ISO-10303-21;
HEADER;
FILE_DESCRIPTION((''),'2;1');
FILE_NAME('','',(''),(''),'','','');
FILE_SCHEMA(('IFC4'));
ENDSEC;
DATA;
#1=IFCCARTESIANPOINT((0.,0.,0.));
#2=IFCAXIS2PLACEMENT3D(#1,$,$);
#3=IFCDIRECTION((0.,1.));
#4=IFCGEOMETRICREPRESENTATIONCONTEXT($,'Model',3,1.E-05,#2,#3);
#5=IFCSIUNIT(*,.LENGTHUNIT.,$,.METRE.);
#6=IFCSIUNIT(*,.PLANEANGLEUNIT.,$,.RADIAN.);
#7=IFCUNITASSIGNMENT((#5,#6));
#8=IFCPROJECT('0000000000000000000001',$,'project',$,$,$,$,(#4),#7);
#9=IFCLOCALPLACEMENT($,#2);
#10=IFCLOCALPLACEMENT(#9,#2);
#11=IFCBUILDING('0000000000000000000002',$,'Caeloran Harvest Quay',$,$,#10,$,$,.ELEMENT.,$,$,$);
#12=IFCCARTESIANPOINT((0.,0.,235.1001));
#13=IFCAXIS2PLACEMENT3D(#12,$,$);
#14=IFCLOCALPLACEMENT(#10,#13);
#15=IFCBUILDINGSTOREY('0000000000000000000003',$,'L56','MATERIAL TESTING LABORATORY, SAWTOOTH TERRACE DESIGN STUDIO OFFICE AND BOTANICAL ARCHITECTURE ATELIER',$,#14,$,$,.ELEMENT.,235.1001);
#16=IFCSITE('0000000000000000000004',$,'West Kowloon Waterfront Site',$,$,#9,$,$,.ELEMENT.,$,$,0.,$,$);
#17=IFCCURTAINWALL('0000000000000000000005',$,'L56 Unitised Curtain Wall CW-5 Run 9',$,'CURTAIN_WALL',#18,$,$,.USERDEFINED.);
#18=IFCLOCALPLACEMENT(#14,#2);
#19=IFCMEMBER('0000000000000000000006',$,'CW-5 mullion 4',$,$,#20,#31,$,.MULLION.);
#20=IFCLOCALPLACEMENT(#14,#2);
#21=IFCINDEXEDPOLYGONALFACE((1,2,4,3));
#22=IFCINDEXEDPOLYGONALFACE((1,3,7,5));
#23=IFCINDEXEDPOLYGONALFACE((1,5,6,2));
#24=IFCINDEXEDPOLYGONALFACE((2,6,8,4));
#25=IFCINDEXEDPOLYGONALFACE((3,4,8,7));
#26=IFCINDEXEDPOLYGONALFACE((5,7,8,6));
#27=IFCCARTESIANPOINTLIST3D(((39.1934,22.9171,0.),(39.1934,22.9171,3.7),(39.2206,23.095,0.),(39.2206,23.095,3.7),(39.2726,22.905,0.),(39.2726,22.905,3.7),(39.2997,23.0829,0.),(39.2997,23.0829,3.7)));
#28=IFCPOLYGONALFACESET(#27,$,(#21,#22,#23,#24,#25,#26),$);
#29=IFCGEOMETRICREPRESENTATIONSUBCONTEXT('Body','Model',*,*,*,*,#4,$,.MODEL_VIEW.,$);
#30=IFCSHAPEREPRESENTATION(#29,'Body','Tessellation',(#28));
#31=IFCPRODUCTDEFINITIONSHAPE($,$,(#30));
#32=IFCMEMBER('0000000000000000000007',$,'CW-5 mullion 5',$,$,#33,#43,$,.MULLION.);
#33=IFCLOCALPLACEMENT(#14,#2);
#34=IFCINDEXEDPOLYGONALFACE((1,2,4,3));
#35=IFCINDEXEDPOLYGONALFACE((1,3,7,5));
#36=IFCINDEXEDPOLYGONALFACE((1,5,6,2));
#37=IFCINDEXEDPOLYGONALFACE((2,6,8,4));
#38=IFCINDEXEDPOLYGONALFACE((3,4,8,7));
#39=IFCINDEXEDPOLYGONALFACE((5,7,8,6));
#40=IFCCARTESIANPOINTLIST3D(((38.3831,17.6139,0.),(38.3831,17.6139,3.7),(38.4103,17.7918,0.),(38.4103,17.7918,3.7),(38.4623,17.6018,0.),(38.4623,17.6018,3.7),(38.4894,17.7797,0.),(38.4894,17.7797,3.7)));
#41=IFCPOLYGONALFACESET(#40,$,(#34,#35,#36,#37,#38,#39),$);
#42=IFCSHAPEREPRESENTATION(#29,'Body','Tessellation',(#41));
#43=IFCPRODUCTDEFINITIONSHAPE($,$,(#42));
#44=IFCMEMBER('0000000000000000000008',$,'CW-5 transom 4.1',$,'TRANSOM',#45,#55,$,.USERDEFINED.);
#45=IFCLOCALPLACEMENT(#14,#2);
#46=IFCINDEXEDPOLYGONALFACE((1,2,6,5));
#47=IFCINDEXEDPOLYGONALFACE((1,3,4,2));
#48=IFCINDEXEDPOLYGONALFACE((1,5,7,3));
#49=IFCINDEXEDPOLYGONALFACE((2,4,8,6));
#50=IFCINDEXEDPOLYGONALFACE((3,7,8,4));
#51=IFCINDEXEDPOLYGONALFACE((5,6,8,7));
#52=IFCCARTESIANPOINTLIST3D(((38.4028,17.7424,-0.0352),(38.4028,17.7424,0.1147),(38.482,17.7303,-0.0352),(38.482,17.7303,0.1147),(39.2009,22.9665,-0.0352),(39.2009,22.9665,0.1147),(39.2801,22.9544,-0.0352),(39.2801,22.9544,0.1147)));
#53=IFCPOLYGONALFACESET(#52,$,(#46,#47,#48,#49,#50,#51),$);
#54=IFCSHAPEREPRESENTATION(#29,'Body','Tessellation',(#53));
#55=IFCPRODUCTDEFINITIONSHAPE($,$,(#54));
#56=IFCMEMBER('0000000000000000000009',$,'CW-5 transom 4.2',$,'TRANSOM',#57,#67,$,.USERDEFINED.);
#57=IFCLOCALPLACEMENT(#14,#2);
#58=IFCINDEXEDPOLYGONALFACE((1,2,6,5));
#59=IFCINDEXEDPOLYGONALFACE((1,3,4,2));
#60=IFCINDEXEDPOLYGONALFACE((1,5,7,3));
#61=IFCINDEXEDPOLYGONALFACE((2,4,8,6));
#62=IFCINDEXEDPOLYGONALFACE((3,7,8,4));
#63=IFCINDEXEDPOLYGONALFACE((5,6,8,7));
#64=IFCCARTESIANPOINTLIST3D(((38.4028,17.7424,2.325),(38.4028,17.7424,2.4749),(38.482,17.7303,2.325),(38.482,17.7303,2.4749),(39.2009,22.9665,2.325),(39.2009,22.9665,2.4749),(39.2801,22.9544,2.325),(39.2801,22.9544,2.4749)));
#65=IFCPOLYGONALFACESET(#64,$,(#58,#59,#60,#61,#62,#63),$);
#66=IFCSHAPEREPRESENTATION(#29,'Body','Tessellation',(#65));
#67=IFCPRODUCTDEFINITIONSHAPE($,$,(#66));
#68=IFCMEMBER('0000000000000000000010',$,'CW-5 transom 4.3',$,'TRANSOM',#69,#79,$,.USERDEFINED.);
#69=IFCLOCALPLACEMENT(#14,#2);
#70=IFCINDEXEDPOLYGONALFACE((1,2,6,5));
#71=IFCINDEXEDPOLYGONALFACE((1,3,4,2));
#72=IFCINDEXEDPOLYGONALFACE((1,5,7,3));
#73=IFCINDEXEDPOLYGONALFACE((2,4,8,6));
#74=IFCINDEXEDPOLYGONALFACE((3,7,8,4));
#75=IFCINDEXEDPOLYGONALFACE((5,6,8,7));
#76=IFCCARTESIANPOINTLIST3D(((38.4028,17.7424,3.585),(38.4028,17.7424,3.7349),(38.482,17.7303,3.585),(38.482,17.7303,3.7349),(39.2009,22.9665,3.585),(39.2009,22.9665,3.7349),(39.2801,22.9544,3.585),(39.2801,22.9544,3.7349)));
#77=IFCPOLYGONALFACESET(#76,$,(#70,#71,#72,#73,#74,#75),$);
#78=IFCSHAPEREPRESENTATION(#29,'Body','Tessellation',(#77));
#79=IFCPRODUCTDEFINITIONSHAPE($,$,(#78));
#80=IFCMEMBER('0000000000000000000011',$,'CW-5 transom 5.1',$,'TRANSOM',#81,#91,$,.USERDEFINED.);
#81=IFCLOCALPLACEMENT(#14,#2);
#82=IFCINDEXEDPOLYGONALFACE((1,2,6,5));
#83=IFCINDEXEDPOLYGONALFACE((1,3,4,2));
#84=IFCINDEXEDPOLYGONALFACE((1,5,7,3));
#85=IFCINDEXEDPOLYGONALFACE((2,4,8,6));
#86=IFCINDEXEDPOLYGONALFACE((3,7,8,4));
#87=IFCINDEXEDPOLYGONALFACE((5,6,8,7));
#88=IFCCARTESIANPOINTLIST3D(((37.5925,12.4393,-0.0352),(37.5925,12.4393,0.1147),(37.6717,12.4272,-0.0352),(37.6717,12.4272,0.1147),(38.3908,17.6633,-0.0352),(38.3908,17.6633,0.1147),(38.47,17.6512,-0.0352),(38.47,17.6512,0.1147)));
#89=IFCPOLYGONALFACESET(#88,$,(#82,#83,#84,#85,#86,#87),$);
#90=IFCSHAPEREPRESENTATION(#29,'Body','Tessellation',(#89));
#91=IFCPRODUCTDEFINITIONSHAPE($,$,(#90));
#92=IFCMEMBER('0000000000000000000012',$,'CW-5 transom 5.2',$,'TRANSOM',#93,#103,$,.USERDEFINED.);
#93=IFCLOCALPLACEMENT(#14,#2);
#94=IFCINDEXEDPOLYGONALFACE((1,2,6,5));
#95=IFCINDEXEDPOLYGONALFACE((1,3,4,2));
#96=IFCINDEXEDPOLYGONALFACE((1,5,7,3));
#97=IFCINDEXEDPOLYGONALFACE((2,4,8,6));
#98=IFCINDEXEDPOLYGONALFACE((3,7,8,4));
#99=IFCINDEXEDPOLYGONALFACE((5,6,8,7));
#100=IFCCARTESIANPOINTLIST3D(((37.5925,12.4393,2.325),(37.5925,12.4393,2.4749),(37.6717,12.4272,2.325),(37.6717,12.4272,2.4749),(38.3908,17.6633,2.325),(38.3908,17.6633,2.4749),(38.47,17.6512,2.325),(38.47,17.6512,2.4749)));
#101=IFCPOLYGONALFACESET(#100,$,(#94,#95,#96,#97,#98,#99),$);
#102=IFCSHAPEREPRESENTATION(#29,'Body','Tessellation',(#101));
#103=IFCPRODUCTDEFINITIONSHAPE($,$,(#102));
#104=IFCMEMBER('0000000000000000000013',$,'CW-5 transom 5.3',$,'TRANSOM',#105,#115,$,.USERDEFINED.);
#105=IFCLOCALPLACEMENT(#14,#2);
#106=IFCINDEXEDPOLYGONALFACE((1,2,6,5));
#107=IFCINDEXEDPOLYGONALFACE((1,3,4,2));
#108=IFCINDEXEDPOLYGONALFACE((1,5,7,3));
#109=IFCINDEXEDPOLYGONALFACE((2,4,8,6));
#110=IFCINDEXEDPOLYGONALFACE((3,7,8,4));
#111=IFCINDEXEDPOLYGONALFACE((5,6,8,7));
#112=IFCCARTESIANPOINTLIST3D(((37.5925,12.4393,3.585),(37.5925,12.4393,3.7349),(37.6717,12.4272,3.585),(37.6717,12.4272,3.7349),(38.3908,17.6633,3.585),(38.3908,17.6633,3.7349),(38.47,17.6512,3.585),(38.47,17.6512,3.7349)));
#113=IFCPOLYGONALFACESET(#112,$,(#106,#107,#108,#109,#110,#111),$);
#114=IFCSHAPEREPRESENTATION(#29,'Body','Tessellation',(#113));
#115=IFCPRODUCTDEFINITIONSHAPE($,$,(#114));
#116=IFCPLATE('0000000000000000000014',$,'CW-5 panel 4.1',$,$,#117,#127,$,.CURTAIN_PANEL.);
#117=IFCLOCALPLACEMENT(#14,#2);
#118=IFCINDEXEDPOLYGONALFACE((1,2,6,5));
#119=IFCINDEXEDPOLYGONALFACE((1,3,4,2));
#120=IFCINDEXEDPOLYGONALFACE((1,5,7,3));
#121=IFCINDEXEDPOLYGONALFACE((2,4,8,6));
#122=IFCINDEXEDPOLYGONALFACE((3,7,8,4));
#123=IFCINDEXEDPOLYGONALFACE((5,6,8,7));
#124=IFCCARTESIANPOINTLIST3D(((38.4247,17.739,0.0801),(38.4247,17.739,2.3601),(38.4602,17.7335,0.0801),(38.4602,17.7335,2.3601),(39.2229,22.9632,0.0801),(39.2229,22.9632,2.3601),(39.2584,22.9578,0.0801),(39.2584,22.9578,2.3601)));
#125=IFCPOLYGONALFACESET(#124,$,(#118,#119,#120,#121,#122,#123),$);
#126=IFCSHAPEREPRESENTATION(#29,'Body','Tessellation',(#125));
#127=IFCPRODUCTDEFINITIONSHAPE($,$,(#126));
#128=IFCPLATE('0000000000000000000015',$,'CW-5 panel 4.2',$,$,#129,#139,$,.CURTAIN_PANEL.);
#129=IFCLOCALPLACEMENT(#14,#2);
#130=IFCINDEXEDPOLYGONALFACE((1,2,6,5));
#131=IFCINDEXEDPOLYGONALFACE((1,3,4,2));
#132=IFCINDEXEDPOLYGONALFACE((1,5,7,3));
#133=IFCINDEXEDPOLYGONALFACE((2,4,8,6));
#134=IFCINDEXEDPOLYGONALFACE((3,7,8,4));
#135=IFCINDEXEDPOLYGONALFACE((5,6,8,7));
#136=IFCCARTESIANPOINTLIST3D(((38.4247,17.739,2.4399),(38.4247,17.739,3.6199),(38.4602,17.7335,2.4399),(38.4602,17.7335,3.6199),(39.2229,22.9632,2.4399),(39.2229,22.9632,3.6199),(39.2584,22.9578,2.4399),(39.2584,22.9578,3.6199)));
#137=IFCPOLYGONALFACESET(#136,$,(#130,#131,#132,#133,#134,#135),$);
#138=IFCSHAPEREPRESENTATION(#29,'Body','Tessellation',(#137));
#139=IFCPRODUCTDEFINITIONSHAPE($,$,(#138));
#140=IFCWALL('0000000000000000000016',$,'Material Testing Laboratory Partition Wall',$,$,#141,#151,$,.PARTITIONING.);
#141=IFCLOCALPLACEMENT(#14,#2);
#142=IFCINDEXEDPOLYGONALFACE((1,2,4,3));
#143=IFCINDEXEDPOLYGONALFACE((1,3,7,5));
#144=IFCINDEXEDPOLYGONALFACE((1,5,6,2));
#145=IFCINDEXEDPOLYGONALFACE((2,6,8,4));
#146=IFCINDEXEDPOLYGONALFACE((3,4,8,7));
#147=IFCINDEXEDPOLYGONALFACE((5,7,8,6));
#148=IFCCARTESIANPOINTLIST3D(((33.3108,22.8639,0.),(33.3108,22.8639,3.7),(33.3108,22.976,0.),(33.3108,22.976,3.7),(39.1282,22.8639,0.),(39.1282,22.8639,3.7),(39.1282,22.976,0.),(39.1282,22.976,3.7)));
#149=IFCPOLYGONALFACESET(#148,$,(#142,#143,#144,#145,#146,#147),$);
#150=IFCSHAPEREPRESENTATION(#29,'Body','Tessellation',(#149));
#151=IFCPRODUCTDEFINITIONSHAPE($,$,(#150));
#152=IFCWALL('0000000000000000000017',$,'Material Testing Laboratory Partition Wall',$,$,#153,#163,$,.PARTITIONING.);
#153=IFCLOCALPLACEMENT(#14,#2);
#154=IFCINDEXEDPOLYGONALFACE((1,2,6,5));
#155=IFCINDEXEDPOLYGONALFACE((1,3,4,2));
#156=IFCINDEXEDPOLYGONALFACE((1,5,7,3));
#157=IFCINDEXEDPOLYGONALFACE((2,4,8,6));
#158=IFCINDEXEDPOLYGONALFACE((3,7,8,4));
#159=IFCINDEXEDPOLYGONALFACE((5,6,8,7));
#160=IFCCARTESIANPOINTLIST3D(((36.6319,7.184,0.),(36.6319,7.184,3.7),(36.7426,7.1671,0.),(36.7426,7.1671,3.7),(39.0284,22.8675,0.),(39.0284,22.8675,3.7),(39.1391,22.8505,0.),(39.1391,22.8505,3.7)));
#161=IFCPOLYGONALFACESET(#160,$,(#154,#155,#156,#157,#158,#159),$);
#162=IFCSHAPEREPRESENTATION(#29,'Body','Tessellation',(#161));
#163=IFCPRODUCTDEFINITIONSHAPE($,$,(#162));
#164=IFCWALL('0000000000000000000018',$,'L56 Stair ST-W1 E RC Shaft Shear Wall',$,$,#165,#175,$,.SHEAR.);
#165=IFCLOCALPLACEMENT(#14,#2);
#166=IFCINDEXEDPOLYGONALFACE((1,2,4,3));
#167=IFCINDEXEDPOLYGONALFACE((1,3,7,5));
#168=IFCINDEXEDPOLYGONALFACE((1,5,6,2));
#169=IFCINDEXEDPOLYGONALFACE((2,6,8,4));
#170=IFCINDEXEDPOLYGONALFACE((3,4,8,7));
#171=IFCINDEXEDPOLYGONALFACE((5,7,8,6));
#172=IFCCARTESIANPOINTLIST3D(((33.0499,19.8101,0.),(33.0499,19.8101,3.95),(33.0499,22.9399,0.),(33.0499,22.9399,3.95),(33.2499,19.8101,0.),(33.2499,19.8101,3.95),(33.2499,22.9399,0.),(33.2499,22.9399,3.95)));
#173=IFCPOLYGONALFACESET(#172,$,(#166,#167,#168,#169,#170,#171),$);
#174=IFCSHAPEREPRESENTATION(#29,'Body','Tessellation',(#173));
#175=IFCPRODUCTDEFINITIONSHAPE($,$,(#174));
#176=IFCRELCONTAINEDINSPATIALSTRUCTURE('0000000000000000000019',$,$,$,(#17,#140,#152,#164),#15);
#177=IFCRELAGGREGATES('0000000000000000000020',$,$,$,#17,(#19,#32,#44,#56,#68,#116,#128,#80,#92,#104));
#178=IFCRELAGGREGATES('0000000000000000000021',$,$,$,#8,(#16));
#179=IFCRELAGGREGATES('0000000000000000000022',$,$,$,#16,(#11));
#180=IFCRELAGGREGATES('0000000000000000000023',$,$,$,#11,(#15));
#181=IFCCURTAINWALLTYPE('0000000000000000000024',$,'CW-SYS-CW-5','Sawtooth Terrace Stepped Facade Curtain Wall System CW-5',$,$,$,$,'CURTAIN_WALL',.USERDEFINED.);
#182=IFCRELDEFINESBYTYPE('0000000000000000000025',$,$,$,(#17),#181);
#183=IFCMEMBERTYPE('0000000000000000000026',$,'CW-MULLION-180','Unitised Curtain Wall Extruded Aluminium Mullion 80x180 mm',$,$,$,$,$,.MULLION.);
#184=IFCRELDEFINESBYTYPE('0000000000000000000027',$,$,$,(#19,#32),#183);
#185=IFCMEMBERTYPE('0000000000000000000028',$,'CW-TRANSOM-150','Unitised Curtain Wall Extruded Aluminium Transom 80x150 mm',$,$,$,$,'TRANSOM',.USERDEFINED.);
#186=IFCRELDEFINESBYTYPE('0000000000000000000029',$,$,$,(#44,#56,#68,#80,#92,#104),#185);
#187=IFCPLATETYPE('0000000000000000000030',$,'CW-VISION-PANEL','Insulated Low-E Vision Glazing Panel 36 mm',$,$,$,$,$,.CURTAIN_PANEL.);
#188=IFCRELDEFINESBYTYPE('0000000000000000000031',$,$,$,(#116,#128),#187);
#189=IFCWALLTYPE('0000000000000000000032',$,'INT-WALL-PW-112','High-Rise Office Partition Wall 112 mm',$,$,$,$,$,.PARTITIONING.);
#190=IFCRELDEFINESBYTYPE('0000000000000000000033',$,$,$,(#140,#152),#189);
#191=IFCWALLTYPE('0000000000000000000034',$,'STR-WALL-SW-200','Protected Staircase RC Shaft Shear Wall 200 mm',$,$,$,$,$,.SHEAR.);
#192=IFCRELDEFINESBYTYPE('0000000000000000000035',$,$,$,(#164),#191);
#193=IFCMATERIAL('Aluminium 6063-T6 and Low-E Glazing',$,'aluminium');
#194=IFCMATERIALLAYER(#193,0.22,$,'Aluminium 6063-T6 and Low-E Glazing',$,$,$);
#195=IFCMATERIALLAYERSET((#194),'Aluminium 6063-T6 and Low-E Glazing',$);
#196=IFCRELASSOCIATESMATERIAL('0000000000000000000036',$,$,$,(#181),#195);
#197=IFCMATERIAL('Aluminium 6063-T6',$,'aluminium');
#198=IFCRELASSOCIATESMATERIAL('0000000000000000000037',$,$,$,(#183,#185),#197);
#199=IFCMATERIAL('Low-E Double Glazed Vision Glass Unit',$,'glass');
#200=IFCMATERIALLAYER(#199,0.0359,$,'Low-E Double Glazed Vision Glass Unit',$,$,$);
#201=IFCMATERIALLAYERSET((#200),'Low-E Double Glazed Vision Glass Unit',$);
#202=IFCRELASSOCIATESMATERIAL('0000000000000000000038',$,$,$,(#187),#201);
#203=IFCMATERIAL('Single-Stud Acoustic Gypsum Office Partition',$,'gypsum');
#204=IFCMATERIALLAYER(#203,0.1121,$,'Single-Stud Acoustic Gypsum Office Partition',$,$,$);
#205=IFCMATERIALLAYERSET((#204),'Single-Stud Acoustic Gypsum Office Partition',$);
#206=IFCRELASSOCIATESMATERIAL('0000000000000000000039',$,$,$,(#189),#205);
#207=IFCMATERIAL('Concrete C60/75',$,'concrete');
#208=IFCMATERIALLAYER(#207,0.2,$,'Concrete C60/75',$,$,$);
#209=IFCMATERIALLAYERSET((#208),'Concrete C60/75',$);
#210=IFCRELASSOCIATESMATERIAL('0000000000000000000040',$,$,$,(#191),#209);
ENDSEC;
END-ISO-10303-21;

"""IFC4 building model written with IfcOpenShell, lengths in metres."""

from ifc_helpers import new_model, si_unit, direction, frame, frame_2d, origin, origin_2d, place, context, subcontext, project, spatial, rectangle, extrude, material, layer, layer_set, material_profile, profile_set, type_object, element, aggregate, save


model = new_model("IFC4")

# Units and contexts
model_context = context("Model", 3, precision=1e-05, world=origin(), true_north=direction((0.0, 1.0)))
body_context = subcontext(model_context, "Body", "Model", "MODEL_VIEW")
ifc_project = project(units=[si_unit("LENGTHUNIT", "METRE"), si_unit("PLANEANGLEUNIT", "RADIAN")], contexts=[model_context])

# Site, building, storey
site_placement = place(None, origin())
site = spatial("IfcSite", under=ifc_project, at=site_placement, Name="West Kowloon Waterfront Site", CompositionType="ELEMENT", RefElevation=0.0)
building_placement = place(site_placement, origin())
building = spatial("IfcBuilding", under=site, at=building_placement, Name="Caeloran Harvest Quay", CompositionType="ELEMENT")
storey_placement = place(building_placement, frame((0.0, 0.0, 235.1001)))
storey = spatial("IfcBuildingStorey", under=building, at=storey_placement, Name="L56", Description="MATERIAL TESTING LABORATORY, SAWTOOTH TERRACE DESIGN STUDIO OFFICE AND BOTANICAL ARCHITECTURE ATELIER", CompositionType="ELEMENT", Elevation=235.1001)

# Curtain wall, members, plates
ifc_material_1 = material(Name="Aluminium 6063-T6 and Low-E Glazing", Category="aluminium")
ifc_layer_1 = layer(ifc_material_1, 0.22, Name="Aluminium 6063-T6 and Low-E Glazing")
ifc_layer_set_1 = layer_set([ifc_layer_1], Name="Aluminium 6063-T6 and Low-E Glazing")
curtain_wall_type = type_object("IfcCurtainWallType", Name="CW-SYS-CW-5", Description="Sawtooth Terrace Stepped Facade Curtain Wall System CW-5", ElementType="CURTAIN_WALL", PredefinedType="USERDEFINED", material=ifc_layer_set_1)
curtain_wall_placement = place(storey_placement, origin())
curtain_wall = element("IfcCurtainWall", 1, at=curtain_wall_placement, inside=storey, type_object=curtain_wall_type, Name="L56 Unitised Curtain Wall CW-5 Run 9", ObjectType="CURTAIN_WALL", PredefinedType="USERDEFINED")
ifc_material_2 = material(Name="Aluminium 6063-T6", Category="aluminium")
ifc_material_profile_1 = material_profile(ifc_material_2, rectangle(XDim=0.0801, YDim=0.1799, at=origin_2d()), Name="CW-MULLION-180")
ifc_profile_set_1 = profile_set([ifc_material_profile_1], Name="Aluminium 6063-T6")
member_type_1 = type_object("IfcMemberType", Name="CW-MULLION-180", Description="Unitised Curtain Wall Extruded Aluminium Mullion 80x180 mm", PredefinedType="MULLION", material=ifc_profile_set_1)
member_1_placement = place(storey_placement, frame((39.2466, 23.0, 0.0), z_axis=(0.0, 0.0, 1.0), x_axis=(0.98853, -0.151028, 0.0)))
member_1 = element("IfcMember", 2, at=member_1_placement, type_object=member_type_1, Name="CW-5 mullion 4", PredefinedType="MULLION", context=body_context, shape_type="SweptSolid", body=[
    extrude(rectangle(XDim=0.0801, YDim=0.1799, at=origin_2d()), origin(), (0.0, 0.0, 1.0), 3.7),
])
member_2_placement = place(storey_placement, frame((38.4363, 17.6968, 0.0), z_axis=(0.0, 0.0, 1.0), x_axis=(0.98853, -0.151028, 0.0)))
member_2 = element("IfcMember", 3, at=member_2_placement, type_object=member_type_1, Name="CW-5 mullion 5", PredefinedType="MULLION", context=body_context, shape_type="SweptSolid", body=[
    extrude(rectangle(XDim=0.0801, YDim=0.1799, at=origin_2d()), origin(), (0.0, 0.0, 1.0), 3.7),
])
ifc_material_profile_2 = material_profile(ifc_material_2, rectangle(XDim=0.0801, YDim=0.1499, at=origin_2d()), Name="CW-TRANSOM-150")
ifc_profile_set_2 = profile_set([ifc_material_profile_2], Name="Aluminium 6063-T6")
member_type_2 = type_object("IfcMemberType", Name="CW-TRANSOM-150", Description="Unitised Curtain Wall Extruded Aluminium Transom 80x150 mm", ElementType="TRANSOM", PredefinedType="USERDEFINED", material=ifc_profile_set_2)
member_3_placement = place(storey_placement, frame((39.2405, 22.9604, 0.0398), z_axis=(-0.151019, -0.988531, 0.0), x_axis=(0.988531, -0.151019, 0.0)))
member_3 = element("IfcMember", 4, at=member_3_placement, type_object=member_type_2, Name="CW-5 transom 4.1", ObjectType="TRANSOM", PredefinedType="USERDEFINED", context=body_context, shape_type="SweptSolid", body=[
    extrude(rectangle(XDim=0.0801, YDim=0.1499, at=origin_2d()), origin(), (0.0, 0.0, 1.0), 5.2847),
])
member_4_placement = place(storey_placement, frame((39.2405, 22.9604, 2.3999), z_axis=(-0.151019, -0.988531, 0.0), x_axis=(0.988531, -0.151019, 0.0)))
member_4 = element("IfcMember", 5, at=member_4_placement, type_object=member_type_2, Name="CW-5 transom 4.2", ObjectType="TRANSOM", PredefinedType="USERDEFINED", context=body_context, shape_type="SweptSolid", body=[
    extrude(rectangle(XDim=0.0801, YDim=0.1499, at=origin_2d()), origin(), (0.0, 0.0, 1.0), 5.2847),
])
member_5_placement = place(storey_placement, frame((39.2405, 22.9604, 3.6599), z_axis=(-0.151019, -0.988531, 0.0), x_axis=(0.988531, -0.151019, 0.0)))
member_5 = element("IfcMember", 6, at=member_5_placement, type_object=member_type_2, Name="CW-5 transom 4.3", ObjectType="TRANSOM", PredefinedType="USERDEFINED", context=body_context, shape_type="SweptSolid", body=[
    extrude(rectangle(XDim=0.0801, YDim=0.1499, at=origin_2d()), origin(), (0.0, 0.0, 1.0), 5.2847),
])
member_6_placement = place(storey_placement, frame((38.4304, 17.6572, 0.0398), z_axis=(-0.151064, -0.988524, 0.0), x_axis=(0.988524, -0.151064, 0.0)))
member_6 = element("IfcMember", 7, at=member_6_placement, type_object=member_type_2, Name="CW-5 transom 5.1", ObjectType="TRANSOM", PredefinedType="USERDEFINED", context=body_context, shape_type="SweptSolid", body=[
    extrude(rectangle(XDim=0.0801, YDim=0.1499, at=origin_2d()), origin(), (0.0, 0.0, 1.0), 5.2847),
])
member_7_placement = place(storey_placement, frame((38.4304, 17.6572, 2.3999), z_axis=(-0.151064, -0.988524, 0.0), x_axis=(0.988524, -0.151064, 0.0)))
member_7 = element("IfcMember", 8, at=member_7_placement, type_object=member_type_2, Name="CW-5 transom 5.2", ObjectType="TRANSOM", PredefinedType="USERDEFINED", context=body_context, shape_type="SweptSolid", body=[
    extrude(rectangle(XDim=0.0801, YDim=0.1499, at=origin_2d()), origin(), (0.0, 0.0, 1.0), 5.2847),
])
member_8_placement = place(storey_placement, frame((38.4304, 17.6572, 3.6599), z_axis=(-0.151064, -0.988524, 0.0), x_axis=(0.988524, -0.151064, 0.0)))
member_8 = element("IfcMember", 9, at=member_8_placement, type_object=member_type_2, Name="CW-5 transom 5.3", ObjectType="TRANSOM", PredefinedType="USERDEFINED", context=body_context, shape_type="SweptSolid", body=[
    extrude(rectangle(XDim=0.0801, YDim=0.1499, at=origin_2d()), origin(), (0.0, 0.0, 1.0), 5.2847),
])
ifc_material_3 = material(Name="Low-E Double Glazed Vision Glass Unit", Category="glass")
ifc_layer_2 = layer(ifc_material_3, 0.0359, Name="Low-E Double Glazed Vision Glass Unit")
ifc_layer_set_2 = layer_set([ifc_layer_2], Name="Low-E Double Glazed Vision Glass Unit")
plate_type = type_object("IfcPlateType", Name="CW-VISION-PANEL", Description="Insulated Low-E Vision Glazing Panel 36 mm", PredefinedType="CURTAIN_PANEL", material=ifc_layer_set_2)
plate_1_placement = place(storey_placement, frame((38.8416, 20.3484, 0.0801), z_axis=(0.0, 0.0, 1.0), x_axis=(-0.151028, -0.98853, 0.0)))
plate_1 = element("IfcPlate", 10, at=plate_1_placement, type_object=plate_type, Name="CW-5 panel 4.1", PredefinedType="CURTAIN_PANEL", context=body_context, shape_type="SweptSolid", body=[
    extrude(rectangle(XDim=5.2849, YDim=0.0359, at=origin_2d()), origin(), (0.0, 0.0, 1.0), 2.28),
])
plate_2_placement = place(storey_placement, frame((38.8416, 20.3484, 2.4399), z_axis=(0.0, 0.0, 1.0), x_axis=(-0.151028, -0.98853, 0.0)))
plate_2 = element("IfcPlate", 11, at=plate_2_placement, type_object=plate_type, Name="CW-5 panel 4.2", PredefinedType="CURTAIN_PANEL", context=body_context, shape_type="SweptSolid", body=[
    extrude(rectangle(XDim=5.2849, YDim=0.0359, at=origin_2d()), origin(), (0.0, 0.0, 1.0), 1.1799),
])
aggregate(curtain_wall, [member_1, member_2, member_3, member_4, member_5, plate_1, plate_2, member_6, member_7, member_8])

# Walls
ifc_material_4 = material(Name="Single-Stud Acoustic Gypsum Office Partition", Category="gypsum")
ifc_layer_3 = layer(ifc_material_4, 0.1121, Name="Single-Stud Acoustic Gypsum Office Partition")
ifc_layer_set_3 = layer_set([ifc_layer_3], Name="Single-Stud Acoustic Gypsum Office Partition")
wall_type_1 = type_object("IfcWallType", Name="INT-WALL-PW-112", Description="High-Rise Office Partition Wall 112 mm", PredefinedType="PARTITIONING", material=ifc_layer_set_3)
wall_1_placement = place(storey_placement, frame((33.3108, 22.9199, 0.0), z_axis=(0.0, 0.0, 1.0), x_axis=(1.0, 0.0, 0.0)))
element("IfcWall", 12, at=wall_1_placement, inside=storey, type_object=wall_type_1, Name="Material Testing Laboratory Partition Wall", PredefinedType="PARTITIONING", context=body_context, shape_type="SweptSolid", body=[
    extrude(rectangle(XDim=5.8174, YDim=0.1121, at=frame_2d((2.9087, 0.0))), origin(), (0.0, 0.0, 1.0), 3.7),
])
wall_2_placement = place(storey_placement, frame((39.0837, 22.8589, 0.0), z_axis=(0.0, 0.0, 1.0), x_axis=(-0.151051, -0.988526, 0.0)))
element("IfcWall", 13, at=wall_2_placement, inside=storey, type_object=wall_type_1, Name="Material Testing Laboratory Partition Wall", PredefinedType="PARTITIONING", context=body_context, shape_type="SweptSolid", body=[
    extrude(rectangle(XDim=15.8655, YDim=0.1121, at=frame_2d((7.9326, 0.0))), origin(), (0.0, 0.0, 1.0), 3.7),
])
ifc_material_5 = material(Name="Concrete C60/75", Category="concrete")
ifc_layer_4 = layer(ifc_material_5, 0.2, Name="Concrete C60/75")
ifc_layer_set_4 = layer_set([ifc_layer_4], Name="Concrete C60/75")
wall_type_2 = type_object("IfcWallType", Name="STR-WALL-SW-200", Description="Protected Staircase RC Shaft Shear Wall 200 mm", PredefinedType="SHEAR", material=ifc_layer_set_4)
wall_3_placement = place(storey_placement, frame((33.1499, 19.8101, 0.0), z_axis=(0.0, 0.0, 1.0), x_axis=(0.0, 1.0, 0.0)))
element("IfcWall", 14, at=wall_3_placement, inside=storey, type_object=wall_type_2, Name="L56 Stair ST-W1 E RC Shaft Shear Wall", PredefinedType="SHEAR", context=body_context, shape_type="SweptSolid", body=[
    extrude(rectangle(XDim=3.1299, YDim=0.2, at=frame_2d((1.5649, 0.0))), origin(), (0.0, 0.0, 1.0), 3.95),
])

save(model, "model.ifc")
